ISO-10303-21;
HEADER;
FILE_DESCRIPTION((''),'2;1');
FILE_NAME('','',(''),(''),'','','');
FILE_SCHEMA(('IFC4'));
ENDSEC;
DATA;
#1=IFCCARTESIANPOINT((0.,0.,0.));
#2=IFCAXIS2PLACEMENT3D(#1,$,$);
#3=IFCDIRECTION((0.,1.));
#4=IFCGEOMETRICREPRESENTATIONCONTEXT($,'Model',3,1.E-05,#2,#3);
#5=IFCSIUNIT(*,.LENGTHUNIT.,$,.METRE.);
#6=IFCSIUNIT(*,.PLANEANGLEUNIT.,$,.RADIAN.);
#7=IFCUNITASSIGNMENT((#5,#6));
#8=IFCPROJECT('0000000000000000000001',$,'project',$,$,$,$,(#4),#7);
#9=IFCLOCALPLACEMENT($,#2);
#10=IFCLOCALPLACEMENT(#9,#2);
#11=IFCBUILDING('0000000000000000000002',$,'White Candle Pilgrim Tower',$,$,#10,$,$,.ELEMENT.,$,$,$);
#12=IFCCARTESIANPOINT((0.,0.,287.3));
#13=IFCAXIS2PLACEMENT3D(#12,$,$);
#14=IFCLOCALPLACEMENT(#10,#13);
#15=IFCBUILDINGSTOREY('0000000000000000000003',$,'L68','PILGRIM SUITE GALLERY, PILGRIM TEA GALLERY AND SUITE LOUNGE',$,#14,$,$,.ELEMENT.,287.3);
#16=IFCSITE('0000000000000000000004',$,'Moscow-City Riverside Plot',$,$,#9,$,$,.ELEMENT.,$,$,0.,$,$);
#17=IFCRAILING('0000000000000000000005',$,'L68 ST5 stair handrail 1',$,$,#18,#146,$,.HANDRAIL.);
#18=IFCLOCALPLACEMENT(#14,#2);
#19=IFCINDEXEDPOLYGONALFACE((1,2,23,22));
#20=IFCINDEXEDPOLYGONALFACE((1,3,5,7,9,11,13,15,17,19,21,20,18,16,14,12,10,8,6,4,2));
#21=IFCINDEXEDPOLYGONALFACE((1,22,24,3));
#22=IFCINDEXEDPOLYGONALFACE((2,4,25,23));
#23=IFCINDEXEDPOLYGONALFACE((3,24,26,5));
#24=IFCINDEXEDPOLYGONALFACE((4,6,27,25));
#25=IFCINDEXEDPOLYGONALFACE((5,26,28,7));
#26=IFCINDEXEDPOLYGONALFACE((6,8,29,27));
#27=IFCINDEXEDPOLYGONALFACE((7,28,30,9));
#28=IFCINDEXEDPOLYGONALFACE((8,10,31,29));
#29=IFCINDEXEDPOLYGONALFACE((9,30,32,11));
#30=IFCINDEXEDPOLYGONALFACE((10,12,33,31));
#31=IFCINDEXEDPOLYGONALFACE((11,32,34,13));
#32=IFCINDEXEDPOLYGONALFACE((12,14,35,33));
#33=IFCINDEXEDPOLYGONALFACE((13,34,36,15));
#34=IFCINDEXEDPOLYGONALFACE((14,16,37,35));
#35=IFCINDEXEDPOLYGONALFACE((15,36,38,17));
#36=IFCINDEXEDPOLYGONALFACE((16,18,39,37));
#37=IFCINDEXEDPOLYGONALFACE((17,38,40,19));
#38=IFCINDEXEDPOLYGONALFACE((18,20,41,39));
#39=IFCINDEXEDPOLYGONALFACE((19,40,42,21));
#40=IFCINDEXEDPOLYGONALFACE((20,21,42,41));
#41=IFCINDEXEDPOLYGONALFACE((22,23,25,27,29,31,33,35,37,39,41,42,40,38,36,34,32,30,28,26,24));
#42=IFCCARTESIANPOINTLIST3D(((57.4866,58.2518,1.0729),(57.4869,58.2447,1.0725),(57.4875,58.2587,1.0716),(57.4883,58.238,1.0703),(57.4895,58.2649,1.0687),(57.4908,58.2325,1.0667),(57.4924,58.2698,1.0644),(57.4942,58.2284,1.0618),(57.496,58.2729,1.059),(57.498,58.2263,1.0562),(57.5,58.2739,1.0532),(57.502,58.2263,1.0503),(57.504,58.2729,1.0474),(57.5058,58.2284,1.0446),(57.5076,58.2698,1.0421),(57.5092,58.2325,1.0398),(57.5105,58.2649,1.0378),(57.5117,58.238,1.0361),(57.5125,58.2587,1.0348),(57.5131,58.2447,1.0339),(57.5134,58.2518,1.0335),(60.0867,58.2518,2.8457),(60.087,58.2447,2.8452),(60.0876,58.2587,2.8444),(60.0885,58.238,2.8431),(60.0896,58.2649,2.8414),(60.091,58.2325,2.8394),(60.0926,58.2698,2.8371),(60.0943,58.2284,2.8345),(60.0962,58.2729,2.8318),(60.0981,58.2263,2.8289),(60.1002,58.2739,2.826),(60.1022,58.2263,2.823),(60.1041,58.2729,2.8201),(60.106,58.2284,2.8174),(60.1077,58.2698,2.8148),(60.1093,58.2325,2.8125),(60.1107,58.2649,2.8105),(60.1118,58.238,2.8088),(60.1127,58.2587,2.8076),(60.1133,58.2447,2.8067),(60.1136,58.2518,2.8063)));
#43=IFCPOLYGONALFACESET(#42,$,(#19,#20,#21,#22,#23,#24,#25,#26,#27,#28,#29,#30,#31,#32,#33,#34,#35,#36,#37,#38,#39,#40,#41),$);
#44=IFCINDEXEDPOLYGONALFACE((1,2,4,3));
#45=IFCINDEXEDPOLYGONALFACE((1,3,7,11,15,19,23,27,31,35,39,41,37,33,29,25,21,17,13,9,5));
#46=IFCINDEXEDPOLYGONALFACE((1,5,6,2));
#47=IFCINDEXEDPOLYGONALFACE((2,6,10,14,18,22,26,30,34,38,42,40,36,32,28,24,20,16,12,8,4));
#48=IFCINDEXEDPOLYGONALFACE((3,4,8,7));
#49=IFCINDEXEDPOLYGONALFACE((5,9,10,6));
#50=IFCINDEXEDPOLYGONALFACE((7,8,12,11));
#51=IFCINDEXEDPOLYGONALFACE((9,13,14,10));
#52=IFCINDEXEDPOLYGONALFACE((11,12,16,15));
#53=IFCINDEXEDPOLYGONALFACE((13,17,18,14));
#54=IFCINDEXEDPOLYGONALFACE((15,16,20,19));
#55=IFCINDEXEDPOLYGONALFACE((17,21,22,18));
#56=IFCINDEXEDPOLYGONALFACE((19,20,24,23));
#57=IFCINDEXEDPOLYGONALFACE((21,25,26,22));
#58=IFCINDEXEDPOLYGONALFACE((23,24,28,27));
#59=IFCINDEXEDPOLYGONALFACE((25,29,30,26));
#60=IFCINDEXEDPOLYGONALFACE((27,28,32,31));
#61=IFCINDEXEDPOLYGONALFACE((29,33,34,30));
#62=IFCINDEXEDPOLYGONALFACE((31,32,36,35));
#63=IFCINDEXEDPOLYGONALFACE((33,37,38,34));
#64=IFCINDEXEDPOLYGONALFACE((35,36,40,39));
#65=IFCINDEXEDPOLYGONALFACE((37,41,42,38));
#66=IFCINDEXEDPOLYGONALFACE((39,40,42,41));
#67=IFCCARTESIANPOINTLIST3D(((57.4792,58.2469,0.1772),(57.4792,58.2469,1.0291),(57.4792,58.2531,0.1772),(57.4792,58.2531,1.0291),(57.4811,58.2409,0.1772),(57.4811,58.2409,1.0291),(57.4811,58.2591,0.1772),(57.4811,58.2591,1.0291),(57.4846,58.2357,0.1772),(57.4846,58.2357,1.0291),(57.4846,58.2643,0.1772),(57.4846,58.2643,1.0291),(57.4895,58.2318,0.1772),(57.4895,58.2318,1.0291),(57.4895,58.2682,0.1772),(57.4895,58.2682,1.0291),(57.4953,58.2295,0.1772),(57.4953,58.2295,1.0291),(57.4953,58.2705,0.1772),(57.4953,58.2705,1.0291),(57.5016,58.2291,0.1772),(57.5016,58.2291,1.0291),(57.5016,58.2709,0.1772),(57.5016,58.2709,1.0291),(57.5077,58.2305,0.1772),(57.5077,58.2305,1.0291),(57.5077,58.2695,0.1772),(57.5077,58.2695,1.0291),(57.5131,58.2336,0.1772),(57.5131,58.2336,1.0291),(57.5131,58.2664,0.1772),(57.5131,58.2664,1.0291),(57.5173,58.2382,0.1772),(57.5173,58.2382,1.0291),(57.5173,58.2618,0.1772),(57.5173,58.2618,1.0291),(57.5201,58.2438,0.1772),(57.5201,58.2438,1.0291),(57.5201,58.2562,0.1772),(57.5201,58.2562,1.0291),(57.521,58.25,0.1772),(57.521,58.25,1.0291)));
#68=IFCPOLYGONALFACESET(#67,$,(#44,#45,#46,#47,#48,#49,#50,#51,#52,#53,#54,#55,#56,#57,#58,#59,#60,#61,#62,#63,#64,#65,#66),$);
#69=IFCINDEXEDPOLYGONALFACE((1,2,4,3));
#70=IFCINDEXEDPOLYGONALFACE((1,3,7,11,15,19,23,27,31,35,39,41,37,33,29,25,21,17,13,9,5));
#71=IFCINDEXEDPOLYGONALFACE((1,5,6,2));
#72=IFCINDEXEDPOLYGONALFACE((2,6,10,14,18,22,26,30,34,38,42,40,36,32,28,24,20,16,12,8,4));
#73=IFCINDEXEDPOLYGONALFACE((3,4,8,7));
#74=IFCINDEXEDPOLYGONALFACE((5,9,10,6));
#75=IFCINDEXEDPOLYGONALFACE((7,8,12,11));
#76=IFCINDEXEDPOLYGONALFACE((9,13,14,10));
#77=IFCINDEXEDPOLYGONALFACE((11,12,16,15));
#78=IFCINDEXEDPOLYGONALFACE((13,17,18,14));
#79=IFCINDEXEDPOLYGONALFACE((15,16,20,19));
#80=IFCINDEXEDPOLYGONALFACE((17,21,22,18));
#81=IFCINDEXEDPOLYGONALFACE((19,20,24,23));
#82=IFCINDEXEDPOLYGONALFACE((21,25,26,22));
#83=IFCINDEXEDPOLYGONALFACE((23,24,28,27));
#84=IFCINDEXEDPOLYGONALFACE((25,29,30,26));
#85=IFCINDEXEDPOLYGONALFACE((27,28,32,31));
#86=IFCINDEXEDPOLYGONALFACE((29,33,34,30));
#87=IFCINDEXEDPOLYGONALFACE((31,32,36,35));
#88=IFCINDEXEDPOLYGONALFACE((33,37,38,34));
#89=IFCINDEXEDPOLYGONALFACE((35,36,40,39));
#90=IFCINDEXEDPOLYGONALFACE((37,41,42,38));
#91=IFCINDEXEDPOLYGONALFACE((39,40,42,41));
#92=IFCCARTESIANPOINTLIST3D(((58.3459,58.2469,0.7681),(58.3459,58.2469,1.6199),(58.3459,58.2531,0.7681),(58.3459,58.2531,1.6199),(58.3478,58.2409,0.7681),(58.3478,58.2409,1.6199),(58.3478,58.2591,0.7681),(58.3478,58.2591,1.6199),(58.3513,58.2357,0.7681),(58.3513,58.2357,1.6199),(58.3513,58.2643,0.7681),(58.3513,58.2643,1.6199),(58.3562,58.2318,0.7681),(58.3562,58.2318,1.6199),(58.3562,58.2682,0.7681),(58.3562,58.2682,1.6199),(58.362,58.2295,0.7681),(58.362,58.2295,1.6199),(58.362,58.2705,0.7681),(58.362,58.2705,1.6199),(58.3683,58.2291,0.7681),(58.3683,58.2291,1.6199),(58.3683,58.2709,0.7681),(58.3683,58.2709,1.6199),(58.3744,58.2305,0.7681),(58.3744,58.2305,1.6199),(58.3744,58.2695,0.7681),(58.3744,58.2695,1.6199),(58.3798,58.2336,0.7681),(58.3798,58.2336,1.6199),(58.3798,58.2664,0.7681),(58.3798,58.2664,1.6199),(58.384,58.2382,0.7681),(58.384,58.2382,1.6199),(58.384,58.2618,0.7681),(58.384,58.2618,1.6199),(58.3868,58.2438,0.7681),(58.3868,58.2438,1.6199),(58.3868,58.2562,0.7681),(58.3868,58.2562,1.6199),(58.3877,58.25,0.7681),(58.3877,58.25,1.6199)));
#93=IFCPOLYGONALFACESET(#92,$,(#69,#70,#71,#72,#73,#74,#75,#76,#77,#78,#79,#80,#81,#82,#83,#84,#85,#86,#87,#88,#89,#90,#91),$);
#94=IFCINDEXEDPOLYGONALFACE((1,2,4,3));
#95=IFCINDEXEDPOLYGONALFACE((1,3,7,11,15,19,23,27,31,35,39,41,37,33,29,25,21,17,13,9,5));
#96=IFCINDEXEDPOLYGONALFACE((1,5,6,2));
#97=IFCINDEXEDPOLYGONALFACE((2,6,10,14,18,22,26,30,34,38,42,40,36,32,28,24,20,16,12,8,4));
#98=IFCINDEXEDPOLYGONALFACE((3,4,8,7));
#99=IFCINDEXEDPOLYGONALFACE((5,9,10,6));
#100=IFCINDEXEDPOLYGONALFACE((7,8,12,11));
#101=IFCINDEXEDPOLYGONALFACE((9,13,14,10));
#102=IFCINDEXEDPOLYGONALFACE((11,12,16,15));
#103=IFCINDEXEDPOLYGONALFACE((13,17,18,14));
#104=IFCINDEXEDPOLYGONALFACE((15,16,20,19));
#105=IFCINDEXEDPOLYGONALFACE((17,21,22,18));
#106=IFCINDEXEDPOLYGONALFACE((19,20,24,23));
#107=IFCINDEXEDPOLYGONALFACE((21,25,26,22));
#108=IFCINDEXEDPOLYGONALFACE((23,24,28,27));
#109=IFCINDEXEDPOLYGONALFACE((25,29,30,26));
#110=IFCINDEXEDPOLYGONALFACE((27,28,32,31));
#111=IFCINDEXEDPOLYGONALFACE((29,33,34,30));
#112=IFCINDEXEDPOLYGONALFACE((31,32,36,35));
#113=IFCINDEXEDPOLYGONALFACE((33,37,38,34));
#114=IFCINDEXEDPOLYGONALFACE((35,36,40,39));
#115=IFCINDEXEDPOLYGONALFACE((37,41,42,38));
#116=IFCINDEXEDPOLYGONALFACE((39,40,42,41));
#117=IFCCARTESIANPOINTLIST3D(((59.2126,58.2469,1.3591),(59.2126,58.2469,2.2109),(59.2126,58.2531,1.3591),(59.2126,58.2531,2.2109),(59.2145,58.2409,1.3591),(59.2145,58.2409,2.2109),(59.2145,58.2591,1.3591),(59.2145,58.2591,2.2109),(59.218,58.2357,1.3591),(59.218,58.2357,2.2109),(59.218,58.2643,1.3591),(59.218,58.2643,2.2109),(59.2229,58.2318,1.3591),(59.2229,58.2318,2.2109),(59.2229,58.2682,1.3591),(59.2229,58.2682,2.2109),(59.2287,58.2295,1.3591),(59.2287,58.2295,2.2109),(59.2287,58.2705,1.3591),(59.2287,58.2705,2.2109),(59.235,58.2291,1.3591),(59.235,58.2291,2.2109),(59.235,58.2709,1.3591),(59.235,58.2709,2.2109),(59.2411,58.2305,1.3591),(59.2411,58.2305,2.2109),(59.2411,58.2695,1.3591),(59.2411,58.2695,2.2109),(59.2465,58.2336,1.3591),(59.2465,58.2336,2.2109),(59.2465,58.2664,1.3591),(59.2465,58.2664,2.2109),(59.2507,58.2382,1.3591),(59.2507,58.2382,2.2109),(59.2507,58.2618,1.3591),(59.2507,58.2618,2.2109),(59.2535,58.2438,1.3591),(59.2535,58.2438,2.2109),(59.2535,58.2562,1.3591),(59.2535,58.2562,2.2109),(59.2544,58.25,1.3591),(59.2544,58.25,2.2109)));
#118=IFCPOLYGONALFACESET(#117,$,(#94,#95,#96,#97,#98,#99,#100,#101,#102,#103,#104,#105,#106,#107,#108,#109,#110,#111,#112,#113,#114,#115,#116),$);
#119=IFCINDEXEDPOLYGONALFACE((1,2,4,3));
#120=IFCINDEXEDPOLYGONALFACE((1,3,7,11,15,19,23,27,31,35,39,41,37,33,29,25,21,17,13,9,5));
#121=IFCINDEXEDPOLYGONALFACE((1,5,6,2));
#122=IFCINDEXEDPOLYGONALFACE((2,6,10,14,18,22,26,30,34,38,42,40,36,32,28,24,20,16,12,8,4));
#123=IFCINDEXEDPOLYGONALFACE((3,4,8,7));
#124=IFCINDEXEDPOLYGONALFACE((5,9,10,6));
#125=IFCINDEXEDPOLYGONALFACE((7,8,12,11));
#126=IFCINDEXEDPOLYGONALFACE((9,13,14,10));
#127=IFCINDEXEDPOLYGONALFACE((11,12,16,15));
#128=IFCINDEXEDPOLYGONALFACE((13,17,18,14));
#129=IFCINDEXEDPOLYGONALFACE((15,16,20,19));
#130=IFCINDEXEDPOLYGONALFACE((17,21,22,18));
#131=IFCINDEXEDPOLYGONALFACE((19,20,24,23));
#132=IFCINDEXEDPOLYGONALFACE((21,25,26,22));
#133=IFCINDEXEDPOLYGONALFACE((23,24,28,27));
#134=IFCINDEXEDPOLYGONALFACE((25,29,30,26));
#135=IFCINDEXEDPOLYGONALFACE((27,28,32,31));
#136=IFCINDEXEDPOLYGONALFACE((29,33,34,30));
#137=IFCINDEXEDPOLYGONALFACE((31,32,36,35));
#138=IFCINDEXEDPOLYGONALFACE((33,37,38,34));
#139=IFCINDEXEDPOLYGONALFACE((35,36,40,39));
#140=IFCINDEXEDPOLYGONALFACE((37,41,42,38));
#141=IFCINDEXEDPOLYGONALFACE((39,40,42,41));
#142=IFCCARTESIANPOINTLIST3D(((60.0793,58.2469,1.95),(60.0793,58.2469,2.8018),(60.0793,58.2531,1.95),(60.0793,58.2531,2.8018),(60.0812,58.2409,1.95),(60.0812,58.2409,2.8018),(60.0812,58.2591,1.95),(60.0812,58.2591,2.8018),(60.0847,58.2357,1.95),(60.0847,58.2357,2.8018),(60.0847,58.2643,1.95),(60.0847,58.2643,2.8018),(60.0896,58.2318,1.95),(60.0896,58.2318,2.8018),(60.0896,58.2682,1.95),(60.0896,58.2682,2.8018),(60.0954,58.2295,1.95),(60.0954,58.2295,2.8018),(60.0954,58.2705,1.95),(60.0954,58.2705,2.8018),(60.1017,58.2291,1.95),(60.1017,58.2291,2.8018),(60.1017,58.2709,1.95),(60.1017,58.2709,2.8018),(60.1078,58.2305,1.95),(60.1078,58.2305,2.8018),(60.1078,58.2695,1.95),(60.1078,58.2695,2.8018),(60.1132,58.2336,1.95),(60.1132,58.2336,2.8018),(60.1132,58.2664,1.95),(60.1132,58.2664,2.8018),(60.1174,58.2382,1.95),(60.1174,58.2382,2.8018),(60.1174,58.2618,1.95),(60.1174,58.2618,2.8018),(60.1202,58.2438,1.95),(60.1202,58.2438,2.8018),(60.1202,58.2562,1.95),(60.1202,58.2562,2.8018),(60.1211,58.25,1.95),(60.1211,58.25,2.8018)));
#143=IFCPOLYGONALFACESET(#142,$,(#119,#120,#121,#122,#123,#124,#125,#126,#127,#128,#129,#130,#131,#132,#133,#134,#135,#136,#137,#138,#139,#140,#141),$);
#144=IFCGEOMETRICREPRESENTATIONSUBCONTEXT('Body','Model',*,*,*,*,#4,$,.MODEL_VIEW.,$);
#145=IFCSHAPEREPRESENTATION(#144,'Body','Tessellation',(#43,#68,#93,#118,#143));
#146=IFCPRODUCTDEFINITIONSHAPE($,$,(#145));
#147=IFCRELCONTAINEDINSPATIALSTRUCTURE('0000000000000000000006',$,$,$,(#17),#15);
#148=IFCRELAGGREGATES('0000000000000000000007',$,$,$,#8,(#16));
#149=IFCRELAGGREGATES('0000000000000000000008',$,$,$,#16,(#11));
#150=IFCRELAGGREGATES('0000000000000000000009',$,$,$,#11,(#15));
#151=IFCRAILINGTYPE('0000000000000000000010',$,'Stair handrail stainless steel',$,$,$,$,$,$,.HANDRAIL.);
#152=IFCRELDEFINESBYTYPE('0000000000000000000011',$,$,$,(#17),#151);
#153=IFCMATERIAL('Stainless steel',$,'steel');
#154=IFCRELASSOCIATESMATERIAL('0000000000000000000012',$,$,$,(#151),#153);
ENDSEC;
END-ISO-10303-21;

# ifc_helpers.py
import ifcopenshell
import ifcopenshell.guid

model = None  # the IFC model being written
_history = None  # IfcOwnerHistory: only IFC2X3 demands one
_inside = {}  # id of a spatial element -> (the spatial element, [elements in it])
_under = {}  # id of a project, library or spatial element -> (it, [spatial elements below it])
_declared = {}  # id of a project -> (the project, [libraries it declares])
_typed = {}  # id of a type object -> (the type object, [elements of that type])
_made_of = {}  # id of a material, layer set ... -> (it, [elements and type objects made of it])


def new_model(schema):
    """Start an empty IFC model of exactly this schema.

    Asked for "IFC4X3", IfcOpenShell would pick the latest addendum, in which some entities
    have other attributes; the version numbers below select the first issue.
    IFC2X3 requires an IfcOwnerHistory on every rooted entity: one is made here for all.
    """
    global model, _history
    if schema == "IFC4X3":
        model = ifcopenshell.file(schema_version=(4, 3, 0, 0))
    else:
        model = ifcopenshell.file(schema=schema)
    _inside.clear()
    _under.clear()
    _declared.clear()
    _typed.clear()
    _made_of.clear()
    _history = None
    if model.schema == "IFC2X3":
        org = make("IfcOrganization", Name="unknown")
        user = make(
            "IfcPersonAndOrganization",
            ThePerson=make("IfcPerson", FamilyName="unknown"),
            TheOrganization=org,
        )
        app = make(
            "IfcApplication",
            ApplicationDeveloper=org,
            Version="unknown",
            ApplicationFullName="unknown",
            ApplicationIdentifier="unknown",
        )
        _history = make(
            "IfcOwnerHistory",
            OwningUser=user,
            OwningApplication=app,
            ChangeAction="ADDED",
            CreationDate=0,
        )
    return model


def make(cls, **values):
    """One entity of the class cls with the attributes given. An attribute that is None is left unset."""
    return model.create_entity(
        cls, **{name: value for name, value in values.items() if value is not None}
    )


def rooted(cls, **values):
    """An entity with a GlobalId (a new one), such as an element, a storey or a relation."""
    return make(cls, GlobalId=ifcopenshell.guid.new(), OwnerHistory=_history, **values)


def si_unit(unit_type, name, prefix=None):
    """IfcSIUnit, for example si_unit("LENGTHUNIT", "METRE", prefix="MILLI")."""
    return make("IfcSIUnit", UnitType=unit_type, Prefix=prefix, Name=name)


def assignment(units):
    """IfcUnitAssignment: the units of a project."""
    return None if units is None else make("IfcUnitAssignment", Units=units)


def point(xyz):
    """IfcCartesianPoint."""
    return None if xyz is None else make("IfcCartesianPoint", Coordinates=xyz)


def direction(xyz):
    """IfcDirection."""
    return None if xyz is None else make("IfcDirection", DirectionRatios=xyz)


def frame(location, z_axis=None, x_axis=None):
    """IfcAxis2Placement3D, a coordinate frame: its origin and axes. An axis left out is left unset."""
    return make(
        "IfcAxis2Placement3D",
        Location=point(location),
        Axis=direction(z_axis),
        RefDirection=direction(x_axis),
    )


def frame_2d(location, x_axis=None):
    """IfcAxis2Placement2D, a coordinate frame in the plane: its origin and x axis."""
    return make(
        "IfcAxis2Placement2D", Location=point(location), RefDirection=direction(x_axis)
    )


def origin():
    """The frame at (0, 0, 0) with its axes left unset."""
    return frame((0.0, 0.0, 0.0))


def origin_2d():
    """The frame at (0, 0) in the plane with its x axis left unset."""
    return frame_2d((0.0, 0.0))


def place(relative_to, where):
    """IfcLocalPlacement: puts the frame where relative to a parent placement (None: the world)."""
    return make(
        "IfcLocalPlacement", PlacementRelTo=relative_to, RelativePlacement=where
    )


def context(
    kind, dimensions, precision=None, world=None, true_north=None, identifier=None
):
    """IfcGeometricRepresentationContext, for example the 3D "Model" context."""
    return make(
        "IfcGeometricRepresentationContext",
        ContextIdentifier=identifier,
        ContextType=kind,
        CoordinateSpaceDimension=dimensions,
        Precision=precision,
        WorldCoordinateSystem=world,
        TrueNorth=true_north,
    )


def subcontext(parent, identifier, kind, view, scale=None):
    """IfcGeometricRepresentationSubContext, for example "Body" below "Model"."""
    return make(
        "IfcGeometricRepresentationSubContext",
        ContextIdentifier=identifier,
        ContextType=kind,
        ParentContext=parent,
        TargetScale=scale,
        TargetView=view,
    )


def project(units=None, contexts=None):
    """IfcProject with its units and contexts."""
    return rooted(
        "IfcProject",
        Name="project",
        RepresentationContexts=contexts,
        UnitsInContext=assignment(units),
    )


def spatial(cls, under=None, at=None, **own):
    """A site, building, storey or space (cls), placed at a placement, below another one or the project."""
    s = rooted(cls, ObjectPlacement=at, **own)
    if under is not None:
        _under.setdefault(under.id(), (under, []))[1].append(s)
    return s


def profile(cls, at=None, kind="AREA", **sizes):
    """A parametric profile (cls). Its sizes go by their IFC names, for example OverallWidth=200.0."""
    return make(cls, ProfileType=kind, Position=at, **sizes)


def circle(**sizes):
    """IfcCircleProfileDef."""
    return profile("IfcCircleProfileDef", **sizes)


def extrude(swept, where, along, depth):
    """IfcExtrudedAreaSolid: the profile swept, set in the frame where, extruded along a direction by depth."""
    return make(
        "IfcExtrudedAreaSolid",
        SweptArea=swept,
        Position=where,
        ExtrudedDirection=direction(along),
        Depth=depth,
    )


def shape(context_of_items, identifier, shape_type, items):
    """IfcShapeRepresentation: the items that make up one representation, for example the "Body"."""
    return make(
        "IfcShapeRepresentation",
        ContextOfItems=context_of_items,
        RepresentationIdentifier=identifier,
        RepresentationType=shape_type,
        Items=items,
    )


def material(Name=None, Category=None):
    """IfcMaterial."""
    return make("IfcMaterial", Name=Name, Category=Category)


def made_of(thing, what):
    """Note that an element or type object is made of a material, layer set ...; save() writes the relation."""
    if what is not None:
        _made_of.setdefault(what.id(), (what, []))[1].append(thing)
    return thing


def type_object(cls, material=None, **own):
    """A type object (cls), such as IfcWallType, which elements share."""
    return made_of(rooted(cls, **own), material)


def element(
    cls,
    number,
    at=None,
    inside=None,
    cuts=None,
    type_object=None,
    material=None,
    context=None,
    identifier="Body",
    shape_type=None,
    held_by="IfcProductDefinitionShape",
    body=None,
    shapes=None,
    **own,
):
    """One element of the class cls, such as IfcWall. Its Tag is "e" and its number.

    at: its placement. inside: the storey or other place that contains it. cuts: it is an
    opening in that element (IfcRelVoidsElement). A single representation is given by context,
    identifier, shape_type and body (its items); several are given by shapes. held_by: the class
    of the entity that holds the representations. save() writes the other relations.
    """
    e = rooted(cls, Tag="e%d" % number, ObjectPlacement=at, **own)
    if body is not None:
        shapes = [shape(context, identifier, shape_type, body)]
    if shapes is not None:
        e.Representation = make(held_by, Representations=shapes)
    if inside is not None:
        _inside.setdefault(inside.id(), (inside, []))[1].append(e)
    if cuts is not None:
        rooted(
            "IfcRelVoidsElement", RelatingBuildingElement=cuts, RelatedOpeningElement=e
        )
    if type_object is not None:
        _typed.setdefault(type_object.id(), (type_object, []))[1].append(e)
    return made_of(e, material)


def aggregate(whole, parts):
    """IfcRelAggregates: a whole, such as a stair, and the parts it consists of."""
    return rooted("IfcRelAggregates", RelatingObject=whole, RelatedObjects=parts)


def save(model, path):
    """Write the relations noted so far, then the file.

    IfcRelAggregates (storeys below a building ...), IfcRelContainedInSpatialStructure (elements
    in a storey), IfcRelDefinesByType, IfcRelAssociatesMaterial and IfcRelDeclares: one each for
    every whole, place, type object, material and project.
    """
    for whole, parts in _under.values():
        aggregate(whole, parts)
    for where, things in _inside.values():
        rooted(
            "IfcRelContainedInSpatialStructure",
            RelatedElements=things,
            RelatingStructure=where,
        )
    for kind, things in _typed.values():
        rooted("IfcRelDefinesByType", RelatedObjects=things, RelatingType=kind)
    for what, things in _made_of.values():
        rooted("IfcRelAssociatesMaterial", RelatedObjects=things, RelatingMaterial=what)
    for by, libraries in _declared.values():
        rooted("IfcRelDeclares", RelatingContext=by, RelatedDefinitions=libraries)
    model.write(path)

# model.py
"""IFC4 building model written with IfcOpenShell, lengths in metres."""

from ifc_helpers import new_model, si_unit, direction, frame, origin, origin_2d, place, context, subcontext, project, spatial, circle, extrude, material, type_object, element, save


model = new_model("IFC4")

# Units and contexts
model_context = context("Model", 3, precision=1e-05, world=origin(), true_north=direction((0.0, 1.0)))
body_context = subcontext(model_context, "Body", "Model", "MODEL_VIEW")
ifc_project = project(units=[si_unit("LENGTHUNIT", "METRE"), si_unit("PLANEANGLEUNIT", "RADIAN")], contexts=[model_context])

# Site, building, storey
site_placement = place(None, origin())
site = spatial("IfcSite", under=ifc_project, at=site_placement, Name="Moscow-City Riverside Plot", CompositionType="ELEMENT", RefElevation=0.0)
building_placement = place(site_placement, origin())
building = spatial("IfcBuilding", under=site, at=building_placement, Name="White Candle Pilgrim Tower", CompositionType="ELEMENT")
storey_placement = place(building_placement, frame((0.0, 0.0, 287.3)))
storey = spatial("IfcBuildingStorey", under=building, at=storey_placement, Name="L68", Description="PILGRIM SUITE GALLERY, PILGRIM TEA GALLERY AND SUITE LOUNGE", CompositionType="ELEMENT", Elevation=287.3)

# Railing
ifc_material_1 = material(Name="Stainless steel", Category="steel")
railing_type_1 = type_object("IfcRailingType", Name="Stair handrail stainless steel", PredefinedType="HANDRAIL", material=ifc_material_1)
railing_1_placement = place(storey_placement, frame((57.5, 58.25, 0.1772)))
element("IfcRailing", 1, at=railing_1_placement, inside=storey, type_object=railing_type_1, Name="L68 ST5 stair handrail 1", PredefinedType="HANDRAIL", context=body_context, shape_type="SweptSolid", body=[
    extrude(circle(Radius=0.0239, at=origin_2d()), frame((0.0, 0.0, 0.876), z_axis=(0.82624, 0.0, 0.563318), x_axis=(0.0, 1.0, 0.0)), (0.0, 0.0, 1.0), 3.147),
    extrude(circle(Radius=0.021, at=origin_2d()), origin(), (0.0, 0.0, 1.0), 0.8518),
    extrude(circle(Radius=0.021, at=origin_2d()), frame((0.8667, 0.0, 0.5908)), (0.0, 0.0, 1.0), 0.8518),
    extrude(circle(Radius=0.021, at=origin_2d()), frame((1.7334, 0.0, 1.1819)), (0.0, 0.0, 1.0), 0.8518),
    extrude(circle(Radius=0.021, at=origin_2d()), frame((2.6001, 0.0, 1.7727)), (0.0, 0.0, 1.0), 0.8518),
])

save(model, "model.ifc")
